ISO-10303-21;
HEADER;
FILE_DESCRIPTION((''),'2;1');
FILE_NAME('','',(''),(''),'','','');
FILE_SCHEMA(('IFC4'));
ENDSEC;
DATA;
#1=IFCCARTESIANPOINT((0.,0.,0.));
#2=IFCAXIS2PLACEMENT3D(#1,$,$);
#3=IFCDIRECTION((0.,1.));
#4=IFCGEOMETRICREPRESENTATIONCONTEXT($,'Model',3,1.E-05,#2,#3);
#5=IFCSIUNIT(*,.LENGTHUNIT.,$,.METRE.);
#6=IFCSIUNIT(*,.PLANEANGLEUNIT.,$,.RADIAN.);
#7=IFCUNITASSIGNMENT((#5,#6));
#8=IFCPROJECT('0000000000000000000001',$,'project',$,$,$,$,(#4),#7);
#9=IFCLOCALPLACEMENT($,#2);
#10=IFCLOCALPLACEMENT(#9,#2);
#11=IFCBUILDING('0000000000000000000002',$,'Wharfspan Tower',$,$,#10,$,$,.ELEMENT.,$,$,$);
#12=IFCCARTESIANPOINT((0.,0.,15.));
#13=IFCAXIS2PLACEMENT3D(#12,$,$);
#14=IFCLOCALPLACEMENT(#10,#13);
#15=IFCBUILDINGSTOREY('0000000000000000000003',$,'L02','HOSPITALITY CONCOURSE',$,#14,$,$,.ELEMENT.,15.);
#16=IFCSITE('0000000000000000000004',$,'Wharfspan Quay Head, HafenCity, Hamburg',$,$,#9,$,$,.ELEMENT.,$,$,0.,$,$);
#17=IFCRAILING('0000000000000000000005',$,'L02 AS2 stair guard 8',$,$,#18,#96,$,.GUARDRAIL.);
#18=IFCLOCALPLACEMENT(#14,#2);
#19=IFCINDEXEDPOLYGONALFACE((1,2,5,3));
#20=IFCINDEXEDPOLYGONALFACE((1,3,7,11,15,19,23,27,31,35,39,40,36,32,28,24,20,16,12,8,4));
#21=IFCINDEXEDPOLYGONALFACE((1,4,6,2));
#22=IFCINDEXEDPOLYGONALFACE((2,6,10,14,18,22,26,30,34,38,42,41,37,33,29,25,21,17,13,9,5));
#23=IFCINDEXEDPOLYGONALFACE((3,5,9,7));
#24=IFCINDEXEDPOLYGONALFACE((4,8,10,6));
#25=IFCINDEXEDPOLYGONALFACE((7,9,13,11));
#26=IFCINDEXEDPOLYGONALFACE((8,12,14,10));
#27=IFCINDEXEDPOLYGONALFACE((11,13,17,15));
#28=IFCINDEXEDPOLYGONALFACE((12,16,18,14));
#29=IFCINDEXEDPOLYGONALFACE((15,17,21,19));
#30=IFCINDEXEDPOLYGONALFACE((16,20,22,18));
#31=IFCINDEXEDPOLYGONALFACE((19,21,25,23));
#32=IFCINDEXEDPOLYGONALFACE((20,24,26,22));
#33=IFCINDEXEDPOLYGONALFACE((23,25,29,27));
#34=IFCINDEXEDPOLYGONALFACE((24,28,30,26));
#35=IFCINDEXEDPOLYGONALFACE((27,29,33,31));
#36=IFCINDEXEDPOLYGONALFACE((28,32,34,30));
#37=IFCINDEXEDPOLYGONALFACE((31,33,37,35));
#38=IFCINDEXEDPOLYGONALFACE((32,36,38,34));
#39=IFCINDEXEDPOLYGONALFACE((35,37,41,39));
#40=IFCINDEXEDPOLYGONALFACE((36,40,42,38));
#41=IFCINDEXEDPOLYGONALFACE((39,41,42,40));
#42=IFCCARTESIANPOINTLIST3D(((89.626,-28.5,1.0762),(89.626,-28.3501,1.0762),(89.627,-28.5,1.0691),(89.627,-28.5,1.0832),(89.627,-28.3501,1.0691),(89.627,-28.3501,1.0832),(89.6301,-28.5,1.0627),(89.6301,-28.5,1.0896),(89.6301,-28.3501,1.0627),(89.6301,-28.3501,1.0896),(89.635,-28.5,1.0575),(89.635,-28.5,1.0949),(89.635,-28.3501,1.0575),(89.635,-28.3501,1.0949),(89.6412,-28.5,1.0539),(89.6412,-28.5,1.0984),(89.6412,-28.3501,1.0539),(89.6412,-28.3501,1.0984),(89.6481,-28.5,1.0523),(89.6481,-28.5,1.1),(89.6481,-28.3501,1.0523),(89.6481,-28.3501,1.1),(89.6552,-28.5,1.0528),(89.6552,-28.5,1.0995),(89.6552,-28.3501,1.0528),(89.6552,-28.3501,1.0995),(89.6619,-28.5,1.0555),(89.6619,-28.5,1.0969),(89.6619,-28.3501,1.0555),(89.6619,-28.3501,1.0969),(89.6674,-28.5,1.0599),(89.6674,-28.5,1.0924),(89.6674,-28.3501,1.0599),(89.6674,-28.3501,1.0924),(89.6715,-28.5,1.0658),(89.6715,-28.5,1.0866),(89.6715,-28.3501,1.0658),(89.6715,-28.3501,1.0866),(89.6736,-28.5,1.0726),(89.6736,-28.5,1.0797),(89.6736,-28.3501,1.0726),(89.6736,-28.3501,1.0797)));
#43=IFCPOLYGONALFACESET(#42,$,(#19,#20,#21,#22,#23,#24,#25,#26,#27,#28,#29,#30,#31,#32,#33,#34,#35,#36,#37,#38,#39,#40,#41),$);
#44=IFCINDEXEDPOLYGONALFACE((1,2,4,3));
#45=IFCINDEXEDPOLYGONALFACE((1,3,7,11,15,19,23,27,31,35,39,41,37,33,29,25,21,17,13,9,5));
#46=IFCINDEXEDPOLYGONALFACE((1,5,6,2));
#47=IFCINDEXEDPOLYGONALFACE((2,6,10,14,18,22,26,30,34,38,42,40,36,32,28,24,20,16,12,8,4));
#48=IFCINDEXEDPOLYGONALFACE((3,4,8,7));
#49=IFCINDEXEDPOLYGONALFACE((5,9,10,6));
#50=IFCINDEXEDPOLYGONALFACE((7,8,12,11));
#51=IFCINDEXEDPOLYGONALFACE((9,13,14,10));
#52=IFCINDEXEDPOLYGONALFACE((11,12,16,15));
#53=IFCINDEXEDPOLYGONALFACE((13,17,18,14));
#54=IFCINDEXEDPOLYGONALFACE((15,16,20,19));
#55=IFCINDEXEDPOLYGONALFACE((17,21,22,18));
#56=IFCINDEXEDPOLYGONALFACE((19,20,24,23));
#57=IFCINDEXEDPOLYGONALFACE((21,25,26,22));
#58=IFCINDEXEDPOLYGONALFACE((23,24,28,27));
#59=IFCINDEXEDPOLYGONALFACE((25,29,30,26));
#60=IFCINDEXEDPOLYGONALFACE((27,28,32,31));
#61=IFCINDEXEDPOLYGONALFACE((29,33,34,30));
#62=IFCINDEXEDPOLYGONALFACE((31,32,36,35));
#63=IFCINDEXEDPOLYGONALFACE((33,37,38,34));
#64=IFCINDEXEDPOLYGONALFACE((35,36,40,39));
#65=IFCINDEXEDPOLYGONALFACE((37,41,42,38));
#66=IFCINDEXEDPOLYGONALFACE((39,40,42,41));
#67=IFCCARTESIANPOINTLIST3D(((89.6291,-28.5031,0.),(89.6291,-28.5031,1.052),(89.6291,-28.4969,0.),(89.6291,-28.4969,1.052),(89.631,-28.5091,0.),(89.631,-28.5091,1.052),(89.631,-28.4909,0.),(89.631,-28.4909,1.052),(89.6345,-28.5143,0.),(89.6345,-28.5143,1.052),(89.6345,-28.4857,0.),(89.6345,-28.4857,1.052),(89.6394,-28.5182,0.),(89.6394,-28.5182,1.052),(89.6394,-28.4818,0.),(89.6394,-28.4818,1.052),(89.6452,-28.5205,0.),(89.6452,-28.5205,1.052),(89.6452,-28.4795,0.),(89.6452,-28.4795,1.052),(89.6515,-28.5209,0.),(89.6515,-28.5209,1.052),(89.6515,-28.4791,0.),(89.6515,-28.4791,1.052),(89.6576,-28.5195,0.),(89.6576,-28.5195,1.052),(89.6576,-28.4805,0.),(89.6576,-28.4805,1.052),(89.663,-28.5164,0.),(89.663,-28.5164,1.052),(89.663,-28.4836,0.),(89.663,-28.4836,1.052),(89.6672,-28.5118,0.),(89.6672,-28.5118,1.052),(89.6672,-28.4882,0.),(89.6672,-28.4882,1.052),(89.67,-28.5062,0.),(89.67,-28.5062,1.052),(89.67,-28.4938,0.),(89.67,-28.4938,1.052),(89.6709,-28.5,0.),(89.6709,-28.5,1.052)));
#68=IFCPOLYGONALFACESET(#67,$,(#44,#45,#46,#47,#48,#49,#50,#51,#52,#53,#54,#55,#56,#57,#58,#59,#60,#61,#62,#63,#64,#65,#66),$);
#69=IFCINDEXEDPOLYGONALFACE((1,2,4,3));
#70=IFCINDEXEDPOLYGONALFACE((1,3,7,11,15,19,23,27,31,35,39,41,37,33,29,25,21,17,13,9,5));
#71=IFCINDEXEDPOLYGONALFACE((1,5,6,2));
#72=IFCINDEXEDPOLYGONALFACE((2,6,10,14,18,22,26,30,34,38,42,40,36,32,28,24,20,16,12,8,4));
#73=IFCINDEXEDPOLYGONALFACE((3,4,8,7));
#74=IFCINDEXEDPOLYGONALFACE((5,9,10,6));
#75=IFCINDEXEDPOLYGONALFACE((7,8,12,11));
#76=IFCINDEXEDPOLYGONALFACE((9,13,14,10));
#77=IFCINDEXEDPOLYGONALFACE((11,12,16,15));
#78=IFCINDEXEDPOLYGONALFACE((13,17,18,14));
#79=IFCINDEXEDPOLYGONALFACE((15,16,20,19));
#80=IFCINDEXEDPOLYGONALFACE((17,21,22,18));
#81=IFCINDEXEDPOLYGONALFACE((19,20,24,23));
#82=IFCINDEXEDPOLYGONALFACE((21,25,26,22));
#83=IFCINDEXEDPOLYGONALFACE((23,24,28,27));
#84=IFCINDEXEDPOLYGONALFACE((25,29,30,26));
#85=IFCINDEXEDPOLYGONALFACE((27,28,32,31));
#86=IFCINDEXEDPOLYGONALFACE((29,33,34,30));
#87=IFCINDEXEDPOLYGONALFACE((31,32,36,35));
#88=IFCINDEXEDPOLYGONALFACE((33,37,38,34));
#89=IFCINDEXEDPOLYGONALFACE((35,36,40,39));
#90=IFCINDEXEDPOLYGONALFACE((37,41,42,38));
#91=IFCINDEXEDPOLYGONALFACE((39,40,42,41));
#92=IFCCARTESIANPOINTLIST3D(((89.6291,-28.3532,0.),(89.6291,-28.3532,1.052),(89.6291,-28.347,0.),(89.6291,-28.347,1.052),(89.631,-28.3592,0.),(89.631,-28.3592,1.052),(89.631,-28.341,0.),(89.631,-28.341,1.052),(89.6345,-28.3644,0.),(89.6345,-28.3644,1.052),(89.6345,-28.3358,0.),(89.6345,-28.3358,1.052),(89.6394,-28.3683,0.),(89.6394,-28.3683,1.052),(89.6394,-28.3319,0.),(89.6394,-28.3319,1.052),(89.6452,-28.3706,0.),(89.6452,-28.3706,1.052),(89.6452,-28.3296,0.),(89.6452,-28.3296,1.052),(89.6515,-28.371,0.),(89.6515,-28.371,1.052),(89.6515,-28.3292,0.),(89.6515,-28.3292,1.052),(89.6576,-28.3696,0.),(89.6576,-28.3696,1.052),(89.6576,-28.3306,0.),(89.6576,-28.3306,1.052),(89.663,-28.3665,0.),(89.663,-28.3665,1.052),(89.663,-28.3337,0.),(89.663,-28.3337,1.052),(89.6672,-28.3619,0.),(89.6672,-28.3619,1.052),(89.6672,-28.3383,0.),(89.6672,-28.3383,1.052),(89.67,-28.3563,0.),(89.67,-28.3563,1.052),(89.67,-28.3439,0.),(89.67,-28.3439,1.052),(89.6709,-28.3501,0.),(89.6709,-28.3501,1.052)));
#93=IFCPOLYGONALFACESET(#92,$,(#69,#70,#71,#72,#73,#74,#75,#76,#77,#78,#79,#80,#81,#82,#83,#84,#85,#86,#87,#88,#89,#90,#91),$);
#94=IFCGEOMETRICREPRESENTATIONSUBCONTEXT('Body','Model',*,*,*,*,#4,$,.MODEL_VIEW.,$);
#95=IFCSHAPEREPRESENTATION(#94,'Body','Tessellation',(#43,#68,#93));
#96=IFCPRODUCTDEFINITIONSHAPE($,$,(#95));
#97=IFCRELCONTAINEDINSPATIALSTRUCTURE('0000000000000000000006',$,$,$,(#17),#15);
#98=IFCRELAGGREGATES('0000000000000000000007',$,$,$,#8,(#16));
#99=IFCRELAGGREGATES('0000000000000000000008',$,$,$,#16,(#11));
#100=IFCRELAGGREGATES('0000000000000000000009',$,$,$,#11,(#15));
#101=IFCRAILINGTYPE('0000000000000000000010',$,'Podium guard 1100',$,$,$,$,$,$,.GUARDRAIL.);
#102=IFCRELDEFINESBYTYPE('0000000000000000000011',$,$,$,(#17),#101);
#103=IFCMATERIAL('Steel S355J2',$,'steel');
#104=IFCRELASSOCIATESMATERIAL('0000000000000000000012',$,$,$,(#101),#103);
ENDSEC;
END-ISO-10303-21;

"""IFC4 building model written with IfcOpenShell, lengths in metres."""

from ifc_helpers import new_model, si_unit, direction, frame, origin, origin_2d, place, context, subcontext, project, spatial, circle, extrude, material, type_object, element, save


model = new_model("IFC4")

# Units and contexts
model_context = context("Model", 3, precision=1e-05, world=origin(), true_north=direction((0.0, 1.0)))
body_context = subcontext(model_context, "Body", "Model", "MODEL_VIEW")
ifc_project = project(units=[si_unit("LENGTHUNIT", "METRE"), si_unit("PLANEANGLEUNIT", "RADIAN")], contexts=[model_context])

# Site, building, storey
site_placement = place(None, origin())
site = spatial("IfcSite", under=ifc_project, at=site_placement, Name="Wharfspan Quay Head, HafenCity, Hamburg", CompositionType="ELEMENT", RefElevation=0.0)
building_placement = place(site_placement, origin())
building = spatial("IfcBuilding", under=site, at=building_placement, Name="Wharfspan Tower", CompositionType="ELEMENT")
storey_placement = place(building_placement, frame((0.0, 0.0, 15.0)))
storey = spatial("IfcBuildingStorey", under=building, at=storey_placement, Name="L02", Description="HOSPITALITY CONCOURSE", CompositionType="ELEMENT", Elevation=15.0)

# Railing
ifc_material_1 = material(Name="Steel S355J2", Category="steel")
railing_type_1 = type_object("IfcRailingType", Name="Podium guard 1100", PredefinedType="GUARDRAIL", material=ifc_material_1)
railing_1_placement = place(storey_placement, frame((89.6499, -28.5, 0.0)))
element("IfcRailing", 1, at=railing_1_placement, inside=storey, type_object=railing_type_1, Name="L02 AS2 stair guard 8", PredefinedType="GUARDRAIL", context=body_context, shape_type="SweptSolid", body=[
    extrude(circle(Radius=0.0239, at=origin_2d()), frame((0.0, 0.0, 1.0762), z_axis=(0.0, 1.0, 0.0), x_axis=(-1.0, 0.0, 0.0)), (0.0, 0.0, 1.0), 0.1499),
    extrude(circle(Radius=0.021, at=origin_2d()), origin(), (0.0, 0.0, 1.0), 1.052),
    extrude(circle(Radius=0.021, at=origin_2d()), frame((0.0, 0.1499, 0.0)), (0.0, 0.0, 1.0), 1.052),
])

save(model, "model.ifc")
